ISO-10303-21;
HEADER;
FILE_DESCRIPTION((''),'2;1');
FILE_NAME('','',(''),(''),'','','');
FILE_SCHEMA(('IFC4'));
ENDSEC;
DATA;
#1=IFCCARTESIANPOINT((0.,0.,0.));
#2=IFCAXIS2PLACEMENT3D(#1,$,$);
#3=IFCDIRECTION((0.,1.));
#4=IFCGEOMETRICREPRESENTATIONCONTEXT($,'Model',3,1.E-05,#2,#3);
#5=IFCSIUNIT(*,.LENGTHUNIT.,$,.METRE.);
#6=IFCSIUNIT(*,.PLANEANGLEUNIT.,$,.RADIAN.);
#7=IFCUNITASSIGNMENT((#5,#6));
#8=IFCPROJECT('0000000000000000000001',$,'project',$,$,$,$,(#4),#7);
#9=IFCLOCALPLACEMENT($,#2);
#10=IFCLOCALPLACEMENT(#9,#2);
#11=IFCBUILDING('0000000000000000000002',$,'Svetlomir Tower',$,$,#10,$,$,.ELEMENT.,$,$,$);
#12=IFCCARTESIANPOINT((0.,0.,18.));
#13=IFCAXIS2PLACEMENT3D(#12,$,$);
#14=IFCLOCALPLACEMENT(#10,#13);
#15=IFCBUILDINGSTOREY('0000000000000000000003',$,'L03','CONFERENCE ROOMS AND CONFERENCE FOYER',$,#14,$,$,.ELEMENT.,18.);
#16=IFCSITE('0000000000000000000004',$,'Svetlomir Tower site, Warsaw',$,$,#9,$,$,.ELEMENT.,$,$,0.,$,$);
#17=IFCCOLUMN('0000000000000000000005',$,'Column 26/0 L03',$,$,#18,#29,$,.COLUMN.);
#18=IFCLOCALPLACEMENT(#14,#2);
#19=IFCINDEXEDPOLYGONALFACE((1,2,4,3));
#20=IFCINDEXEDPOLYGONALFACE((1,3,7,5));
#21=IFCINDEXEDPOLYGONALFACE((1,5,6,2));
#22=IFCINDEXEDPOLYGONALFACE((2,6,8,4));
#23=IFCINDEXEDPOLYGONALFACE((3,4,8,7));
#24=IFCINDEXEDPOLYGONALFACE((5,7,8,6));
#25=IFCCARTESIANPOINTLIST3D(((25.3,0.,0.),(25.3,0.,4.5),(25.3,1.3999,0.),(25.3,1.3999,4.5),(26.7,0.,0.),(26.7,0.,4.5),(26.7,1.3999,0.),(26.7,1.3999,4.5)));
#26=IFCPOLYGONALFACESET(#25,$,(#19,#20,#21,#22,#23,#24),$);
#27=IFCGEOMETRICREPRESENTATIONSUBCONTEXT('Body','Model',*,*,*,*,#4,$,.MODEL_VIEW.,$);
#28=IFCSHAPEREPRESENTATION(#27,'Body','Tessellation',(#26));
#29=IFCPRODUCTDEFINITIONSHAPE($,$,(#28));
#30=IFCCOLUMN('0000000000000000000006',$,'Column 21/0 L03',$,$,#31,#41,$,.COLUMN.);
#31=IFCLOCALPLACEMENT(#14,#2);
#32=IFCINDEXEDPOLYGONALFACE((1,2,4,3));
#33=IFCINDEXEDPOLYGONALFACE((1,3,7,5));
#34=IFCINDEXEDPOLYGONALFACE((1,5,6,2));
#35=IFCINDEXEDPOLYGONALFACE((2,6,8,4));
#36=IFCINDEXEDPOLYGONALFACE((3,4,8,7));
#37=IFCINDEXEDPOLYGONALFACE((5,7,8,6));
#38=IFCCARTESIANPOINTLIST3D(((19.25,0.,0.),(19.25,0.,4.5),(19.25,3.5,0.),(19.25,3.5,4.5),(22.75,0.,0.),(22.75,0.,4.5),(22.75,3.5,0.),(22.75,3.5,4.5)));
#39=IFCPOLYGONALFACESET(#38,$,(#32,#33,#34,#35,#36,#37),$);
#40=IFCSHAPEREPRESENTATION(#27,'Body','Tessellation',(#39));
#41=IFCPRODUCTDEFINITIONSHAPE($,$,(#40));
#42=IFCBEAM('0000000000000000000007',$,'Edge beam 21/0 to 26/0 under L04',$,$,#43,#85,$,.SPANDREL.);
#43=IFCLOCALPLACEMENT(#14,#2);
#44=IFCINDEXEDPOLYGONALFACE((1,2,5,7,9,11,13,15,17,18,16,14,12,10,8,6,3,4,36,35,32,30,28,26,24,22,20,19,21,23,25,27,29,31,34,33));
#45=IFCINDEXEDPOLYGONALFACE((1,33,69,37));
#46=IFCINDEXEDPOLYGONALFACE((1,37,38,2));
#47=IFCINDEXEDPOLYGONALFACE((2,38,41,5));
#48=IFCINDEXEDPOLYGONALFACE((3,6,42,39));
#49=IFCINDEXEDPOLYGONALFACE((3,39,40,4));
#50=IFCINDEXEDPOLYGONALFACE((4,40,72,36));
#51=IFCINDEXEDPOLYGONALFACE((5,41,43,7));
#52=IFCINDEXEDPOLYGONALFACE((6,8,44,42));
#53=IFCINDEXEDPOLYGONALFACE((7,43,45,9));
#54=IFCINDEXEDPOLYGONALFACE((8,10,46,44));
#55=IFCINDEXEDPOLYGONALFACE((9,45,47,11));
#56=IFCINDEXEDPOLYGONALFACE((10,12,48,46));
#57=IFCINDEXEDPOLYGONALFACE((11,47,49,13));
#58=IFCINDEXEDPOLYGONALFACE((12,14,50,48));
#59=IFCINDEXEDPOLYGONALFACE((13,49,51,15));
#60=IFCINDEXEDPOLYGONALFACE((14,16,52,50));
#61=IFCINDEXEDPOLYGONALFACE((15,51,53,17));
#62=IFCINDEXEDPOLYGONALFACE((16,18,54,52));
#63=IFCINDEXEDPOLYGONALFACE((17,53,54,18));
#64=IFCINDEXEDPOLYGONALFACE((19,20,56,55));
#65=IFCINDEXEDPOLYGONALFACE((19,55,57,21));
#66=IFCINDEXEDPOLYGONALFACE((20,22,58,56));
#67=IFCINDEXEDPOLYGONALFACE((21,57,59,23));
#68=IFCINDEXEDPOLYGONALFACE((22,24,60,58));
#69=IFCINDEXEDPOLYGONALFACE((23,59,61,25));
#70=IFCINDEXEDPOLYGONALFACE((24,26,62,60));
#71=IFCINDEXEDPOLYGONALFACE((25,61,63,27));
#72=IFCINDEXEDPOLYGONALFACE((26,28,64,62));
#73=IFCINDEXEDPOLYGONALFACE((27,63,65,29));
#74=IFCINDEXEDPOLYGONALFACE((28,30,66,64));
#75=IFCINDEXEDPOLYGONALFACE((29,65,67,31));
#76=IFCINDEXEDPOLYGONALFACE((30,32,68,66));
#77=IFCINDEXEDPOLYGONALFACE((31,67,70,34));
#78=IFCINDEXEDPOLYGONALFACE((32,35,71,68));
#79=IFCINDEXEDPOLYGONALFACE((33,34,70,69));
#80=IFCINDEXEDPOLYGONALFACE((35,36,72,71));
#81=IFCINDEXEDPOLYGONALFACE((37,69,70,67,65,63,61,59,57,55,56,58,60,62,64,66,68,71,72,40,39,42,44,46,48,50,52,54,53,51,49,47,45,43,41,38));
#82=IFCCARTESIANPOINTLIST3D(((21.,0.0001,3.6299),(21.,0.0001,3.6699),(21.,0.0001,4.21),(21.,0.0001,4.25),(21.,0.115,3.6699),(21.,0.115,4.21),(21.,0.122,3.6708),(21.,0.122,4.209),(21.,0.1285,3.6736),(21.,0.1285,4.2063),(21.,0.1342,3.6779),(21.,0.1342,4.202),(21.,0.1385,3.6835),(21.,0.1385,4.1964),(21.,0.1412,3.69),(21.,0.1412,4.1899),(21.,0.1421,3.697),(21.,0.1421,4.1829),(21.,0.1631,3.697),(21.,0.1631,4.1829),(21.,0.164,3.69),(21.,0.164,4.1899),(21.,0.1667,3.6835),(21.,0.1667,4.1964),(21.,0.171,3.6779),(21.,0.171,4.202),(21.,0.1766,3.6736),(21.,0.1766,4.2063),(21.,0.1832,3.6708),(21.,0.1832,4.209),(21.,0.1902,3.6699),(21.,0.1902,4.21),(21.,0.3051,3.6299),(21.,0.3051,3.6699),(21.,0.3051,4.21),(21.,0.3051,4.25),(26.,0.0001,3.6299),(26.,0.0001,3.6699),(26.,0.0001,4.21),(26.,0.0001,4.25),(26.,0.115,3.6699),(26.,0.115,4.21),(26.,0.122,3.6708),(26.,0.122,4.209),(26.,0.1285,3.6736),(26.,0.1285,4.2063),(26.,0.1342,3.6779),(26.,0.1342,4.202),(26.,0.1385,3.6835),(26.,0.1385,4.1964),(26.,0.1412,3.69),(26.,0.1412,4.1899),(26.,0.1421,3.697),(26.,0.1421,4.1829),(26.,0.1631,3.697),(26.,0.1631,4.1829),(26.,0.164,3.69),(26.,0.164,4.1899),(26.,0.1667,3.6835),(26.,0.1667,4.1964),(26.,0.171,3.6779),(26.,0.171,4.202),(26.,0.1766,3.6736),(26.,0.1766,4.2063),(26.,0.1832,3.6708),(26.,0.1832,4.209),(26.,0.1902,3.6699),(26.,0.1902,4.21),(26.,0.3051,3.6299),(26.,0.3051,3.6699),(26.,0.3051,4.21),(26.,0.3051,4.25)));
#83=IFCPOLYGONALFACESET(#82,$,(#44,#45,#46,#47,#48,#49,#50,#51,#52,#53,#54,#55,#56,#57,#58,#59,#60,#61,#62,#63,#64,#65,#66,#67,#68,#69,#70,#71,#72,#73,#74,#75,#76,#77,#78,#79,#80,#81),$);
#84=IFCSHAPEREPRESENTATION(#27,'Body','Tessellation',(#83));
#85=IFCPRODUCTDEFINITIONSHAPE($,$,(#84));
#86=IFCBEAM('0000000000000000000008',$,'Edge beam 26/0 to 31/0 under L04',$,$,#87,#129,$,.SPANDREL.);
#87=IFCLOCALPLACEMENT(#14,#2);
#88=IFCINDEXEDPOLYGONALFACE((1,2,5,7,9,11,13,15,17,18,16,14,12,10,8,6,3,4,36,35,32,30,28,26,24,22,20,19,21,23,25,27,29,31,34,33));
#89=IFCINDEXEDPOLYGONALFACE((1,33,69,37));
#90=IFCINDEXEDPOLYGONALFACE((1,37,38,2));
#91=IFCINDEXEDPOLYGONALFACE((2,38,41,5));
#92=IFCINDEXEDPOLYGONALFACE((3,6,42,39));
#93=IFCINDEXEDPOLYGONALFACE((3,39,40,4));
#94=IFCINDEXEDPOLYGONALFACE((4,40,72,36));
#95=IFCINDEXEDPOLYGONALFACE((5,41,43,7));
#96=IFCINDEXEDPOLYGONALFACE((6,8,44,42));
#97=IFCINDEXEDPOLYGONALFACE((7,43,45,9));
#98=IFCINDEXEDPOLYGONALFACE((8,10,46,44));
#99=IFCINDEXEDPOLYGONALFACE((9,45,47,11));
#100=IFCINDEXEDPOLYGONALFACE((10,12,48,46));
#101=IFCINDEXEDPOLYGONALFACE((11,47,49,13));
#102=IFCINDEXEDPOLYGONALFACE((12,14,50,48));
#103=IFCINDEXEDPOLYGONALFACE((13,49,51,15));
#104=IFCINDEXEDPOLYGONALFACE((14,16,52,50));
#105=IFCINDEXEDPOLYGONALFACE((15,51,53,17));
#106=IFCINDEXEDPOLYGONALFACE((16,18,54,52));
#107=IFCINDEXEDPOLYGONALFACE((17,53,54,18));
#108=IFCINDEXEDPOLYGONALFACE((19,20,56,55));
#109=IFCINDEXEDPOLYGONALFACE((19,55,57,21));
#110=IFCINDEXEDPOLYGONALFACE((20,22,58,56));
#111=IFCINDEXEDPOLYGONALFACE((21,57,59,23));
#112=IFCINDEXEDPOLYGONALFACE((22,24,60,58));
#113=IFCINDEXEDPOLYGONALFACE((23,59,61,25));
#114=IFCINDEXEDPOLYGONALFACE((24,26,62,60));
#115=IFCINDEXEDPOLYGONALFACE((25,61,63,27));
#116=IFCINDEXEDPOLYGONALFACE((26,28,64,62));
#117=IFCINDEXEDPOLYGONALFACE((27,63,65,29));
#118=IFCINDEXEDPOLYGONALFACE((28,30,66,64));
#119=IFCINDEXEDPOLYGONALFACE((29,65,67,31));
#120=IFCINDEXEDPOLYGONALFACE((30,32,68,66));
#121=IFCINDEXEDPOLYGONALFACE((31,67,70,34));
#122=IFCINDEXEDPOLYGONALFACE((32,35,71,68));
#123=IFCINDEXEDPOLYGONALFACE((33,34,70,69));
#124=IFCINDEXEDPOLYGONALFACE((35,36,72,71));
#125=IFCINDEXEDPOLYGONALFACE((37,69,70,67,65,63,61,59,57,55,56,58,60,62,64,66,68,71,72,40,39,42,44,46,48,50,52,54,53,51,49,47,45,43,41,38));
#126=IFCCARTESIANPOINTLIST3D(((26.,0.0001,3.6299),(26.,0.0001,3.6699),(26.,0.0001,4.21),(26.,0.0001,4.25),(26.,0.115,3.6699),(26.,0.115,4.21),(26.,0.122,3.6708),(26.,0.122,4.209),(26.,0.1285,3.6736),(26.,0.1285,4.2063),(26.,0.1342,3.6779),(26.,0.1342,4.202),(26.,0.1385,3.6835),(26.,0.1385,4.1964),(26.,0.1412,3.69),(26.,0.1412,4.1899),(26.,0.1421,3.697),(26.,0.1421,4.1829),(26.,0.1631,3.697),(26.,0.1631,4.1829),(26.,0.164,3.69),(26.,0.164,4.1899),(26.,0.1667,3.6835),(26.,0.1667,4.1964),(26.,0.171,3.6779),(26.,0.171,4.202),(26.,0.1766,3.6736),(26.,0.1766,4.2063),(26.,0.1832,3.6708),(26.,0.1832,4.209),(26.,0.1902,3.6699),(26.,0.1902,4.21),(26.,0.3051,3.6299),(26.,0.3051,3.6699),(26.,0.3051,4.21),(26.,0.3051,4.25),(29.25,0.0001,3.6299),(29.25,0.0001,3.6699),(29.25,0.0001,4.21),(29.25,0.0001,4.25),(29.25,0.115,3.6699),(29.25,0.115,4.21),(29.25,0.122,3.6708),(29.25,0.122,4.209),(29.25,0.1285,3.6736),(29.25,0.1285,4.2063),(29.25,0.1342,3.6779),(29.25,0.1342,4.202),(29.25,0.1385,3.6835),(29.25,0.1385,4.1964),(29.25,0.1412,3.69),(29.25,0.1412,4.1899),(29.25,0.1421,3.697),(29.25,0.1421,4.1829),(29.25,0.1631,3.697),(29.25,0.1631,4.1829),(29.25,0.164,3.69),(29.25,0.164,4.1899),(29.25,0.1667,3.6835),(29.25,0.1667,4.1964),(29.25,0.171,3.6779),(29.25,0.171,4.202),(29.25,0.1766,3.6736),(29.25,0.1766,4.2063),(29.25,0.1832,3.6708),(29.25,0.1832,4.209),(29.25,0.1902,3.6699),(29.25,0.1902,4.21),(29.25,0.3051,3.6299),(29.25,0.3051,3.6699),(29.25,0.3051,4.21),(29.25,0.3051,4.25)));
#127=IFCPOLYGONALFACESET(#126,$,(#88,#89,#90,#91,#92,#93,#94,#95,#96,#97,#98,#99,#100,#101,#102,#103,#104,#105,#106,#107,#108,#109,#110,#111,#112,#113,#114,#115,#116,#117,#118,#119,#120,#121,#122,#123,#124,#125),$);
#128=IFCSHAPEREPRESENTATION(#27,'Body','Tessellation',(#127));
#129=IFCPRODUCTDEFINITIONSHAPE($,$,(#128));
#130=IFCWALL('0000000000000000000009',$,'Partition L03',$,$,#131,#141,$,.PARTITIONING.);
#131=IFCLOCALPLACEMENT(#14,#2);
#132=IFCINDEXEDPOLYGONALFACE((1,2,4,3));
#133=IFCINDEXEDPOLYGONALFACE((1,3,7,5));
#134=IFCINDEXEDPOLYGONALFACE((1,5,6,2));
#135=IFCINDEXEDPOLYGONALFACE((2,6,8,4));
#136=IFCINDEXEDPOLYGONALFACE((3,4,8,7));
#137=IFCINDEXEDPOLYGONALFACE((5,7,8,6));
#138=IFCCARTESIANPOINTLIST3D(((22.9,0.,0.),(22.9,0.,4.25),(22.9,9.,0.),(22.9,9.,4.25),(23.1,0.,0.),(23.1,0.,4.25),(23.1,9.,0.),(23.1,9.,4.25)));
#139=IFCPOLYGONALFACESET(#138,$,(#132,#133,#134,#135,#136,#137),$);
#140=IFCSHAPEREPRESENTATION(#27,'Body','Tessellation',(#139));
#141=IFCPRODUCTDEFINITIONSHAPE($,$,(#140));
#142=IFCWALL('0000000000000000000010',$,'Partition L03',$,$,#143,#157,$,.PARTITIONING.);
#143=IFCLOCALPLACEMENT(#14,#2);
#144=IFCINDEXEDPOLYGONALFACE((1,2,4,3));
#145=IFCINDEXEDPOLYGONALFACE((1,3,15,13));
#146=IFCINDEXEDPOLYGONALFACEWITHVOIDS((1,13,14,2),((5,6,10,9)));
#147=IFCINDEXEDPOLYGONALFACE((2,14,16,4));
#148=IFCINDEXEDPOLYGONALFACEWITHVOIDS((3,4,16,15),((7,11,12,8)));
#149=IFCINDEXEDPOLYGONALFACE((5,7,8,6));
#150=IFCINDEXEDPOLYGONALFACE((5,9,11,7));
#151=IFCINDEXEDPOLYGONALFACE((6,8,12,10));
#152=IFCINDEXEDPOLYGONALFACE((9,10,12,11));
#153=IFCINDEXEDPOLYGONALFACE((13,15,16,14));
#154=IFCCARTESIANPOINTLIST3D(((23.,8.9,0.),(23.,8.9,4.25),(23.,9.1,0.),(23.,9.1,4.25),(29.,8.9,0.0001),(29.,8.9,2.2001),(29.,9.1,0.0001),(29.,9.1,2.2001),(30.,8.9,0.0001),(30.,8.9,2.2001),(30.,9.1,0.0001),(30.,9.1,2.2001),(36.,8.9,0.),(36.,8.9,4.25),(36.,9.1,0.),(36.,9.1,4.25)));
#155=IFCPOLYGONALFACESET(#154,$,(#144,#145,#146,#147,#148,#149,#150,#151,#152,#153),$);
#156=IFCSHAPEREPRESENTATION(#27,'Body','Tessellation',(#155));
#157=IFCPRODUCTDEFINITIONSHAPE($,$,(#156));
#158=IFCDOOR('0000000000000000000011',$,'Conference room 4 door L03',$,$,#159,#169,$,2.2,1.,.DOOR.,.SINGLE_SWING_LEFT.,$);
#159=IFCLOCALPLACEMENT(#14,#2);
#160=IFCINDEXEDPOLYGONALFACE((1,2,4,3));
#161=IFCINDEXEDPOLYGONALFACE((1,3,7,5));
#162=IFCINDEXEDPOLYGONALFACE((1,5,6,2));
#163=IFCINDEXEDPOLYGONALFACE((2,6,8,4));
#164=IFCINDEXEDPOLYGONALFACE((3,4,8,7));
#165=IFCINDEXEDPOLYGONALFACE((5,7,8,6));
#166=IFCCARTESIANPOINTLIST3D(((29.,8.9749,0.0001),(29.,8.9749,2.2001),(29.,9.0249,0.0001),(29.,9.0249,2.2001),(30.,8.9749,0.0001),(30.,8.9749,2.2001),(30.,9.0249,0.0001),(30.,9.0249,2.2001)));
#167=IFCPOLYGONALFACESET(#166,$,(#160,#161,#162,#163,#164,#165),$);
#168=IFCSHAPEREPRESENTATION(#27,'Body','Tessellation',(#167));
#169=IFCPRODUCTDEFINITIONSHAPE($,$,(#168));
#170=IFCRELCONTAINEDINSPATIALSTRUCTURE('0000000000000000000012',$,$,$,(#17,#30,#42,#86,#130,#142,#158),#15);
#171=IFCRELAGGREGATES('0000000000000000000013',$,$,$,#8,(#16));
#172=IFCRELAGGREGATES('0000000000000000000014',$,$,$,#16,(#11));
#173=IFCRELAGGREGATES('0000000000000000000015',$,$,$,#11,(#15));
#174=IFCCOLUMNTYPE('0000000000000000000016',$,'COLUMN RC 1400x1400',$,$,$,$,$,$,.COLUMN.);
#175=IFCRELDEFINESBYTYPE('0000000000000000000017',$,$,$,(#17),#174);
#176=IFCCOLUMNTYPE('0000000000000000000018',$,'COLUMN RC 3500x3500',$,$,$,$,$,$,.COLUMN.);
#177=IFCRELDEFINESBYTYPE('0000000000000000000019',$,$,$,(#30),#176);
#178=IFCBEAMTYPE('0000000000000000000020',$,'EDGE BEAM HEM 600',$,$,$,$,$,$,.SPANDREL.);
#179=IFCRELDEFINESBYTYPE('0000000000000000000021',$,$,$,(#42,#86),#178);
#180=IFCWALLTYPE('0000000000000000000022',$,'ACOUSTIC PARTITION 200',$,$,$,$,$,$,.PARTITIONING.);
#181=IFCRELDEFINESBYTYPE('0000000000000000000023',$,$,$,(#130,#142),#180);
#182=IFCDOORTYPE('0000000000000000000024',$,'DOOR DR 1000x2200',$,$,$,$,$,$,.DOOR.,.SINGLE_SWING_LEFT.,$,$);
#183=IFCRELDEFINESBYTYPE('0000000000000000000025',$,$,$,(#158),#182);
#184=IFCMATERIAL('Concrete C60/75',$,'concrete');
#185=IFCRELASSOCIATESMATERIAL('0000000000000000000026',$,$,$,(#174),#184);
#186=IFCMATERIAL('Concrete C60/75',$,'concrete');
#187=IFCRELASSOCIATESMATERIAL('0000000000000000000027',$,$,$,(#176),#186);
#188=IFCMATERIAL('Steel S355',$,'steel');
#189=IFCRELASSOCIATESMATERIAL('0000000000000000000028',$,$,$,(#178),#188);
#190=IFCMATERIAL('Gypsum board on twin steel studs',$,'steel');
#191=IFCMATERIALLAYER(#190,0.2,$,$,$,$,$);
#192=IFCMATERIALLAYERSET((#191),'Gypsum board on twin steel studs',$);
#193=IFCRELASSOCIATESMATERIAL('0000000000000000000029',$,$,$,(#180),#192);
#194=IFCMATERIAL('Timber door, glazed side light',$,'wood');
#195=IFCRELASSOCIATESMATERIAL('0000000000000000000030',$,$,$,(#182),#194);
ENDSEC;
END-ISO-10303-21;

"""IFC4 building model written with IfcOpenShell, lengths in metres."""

from ifc_helpers import new_model, si_unit, direction, frame, frame_2d, origin, origin_2d, place, context, subcontext, project, spatial, rectangle, i_section, extrude, material, layer, layer_set, material_profile, profile_set, type_object, element, fill, save


model = new_model("IFC4")

# Units and contexts
model_context = context("Model", 3, precision=1e-05, world=origin(), true_north=direction((0.0, 1.0)))
body_context = subcontext(model_context, "Body", "Model", "MODEL_VIEW")
ifc_project = project(units=[si_unit("LENGTHUNIT", "METRE"), si_unit("PLANEANGLEUNIT", "RADIAN")], contexts=[model_context])

# Site, building, storey
site_placement = place(None, origin())
site = spatial("IfcSite", under=ifc_project, at=site_placement, Name="Svetlomir Tower site, Warsaw", CompositionType="ELEMENT", RefElevation=0.0)
building_placement = place(site_placement, origin())
building = spatial("IfcBuilding", under=site, at=building_placement, Name="Svetlomir Tower", CompositionType="ELEMENT")
storey_placement = place(building_placement, frame((0.0, 0.0, 18.0)))
storey = spatial("IfcBuildingStorey", under=building, at=storey_placement, Name="L03", Description="CONFERENCE ROOMS AND CONFERENCE FOYER", CompositionType="ELEMENT", Elevation=18.0)

# Columns
ifc_material_1 = material(Name="Concrete C60/75", Category="concrete")
ifc_material_profile_1 = material_profile(ifc_material_1, rectangle(XDim=1.3999, YDim=1.3999, at=origin_2d()), Name="RC 1400x1400")
ifc_profile_set_1 = profile_set([ifc_material_profile_1], Name="Concrete C60/75")
column_type_1 = type_object("IfcColumnType", Name="COLUMN RC 1400x1400", PredefinedType="COLUMN", material=ifc_profile_set_1)
column_1_placement = place(storey_placement, frame((26.0, 0.7, 0.0), z_axis=(0.0, 0.0, 1.0), x_axis=(1.0, 0.0, 0.0)))
element("IfcColumn", 1, at=column_1_placement, inside=storey, type_object=column_type_1, Name="Column 26/0 L03", PredefinedType="COLUMN", context=body_context, shape_type="SweptSolid", body=[
    extrude(rectangle(XDim=1.3999, YDim=1.3999, at=origin_2d()), origin(), (0.0, 0.0, 1.0), 4.5),
])
ifc_material_2 = material(Name="Concrete C60/75", Category="concrete")
ifc_material_profile_2 = material_profile(ifc_material_2, rectangle(XDim=3.5, YDim=3.5, at=origin_2d()), Name="RC 3500x3500")
ifc_profile_set_2 = profile_set([ifc_material_profile_2], Name="Concrete C60/75")
column_type_2 = type_object("IfcColumnType", Name="COLUMN RC 3500x3500", PredefinedType="COLUMN", material=ifc_profile_set_2)
column_2_placement = place(storey_placement, frame((21.0, 1.75, 0.0), z_axis=(0.0, 0.0, 1.0), x_axis=(1.0, 0.0, 0.0)))
element("IfcColumn", 2, at=column_2_placement, inside=storey, type_object=column_type_2, Name="Column 21/0 L03", PredefinedType="COLUMN", context=body_context, shape_type="SweptSolid", body=[
    extrude(rectangle(XDim=3.5, YDim=3.5, at=origin_2d()), origin(), (0.0, 0.0, 1.0), 4.5),
])

# Beams
ifc_material_3 = material(Name="Steel S355", Category="steel")
ifc_material_profile_3 = material_profile(ifc_material_3, i_section(OverallWidth=0.3049, OverallDepth=0.6201, WebThickness=0.021, FlangeThickness=0.04, FilletRadius=0.0271, at=origin_2d()), Name="HEM 600")
ifc_profile_set_3 = profile_set([ifc_material_profile_3], Name="Steel S355")
beam_type = type_object("IfcBeamType", Name="EDGE BEAM HEM 600", PredefinedType="SPANDREL", material=ifc_profile_set_3)
beam_1_placement = place(storey_placement, frame((21.0, 0.1526, 3.9399), z_axis=(1.0, 0.0, 0.0), x_axis=(0.0, 1.0, 0.0)))
element("IfcBeam", 3, at=beam_1_placement, inside=storey, type_object=beam_type, Name="Edge beam 21/0 to 26/0 under L04", PredefinedType="SPANDREL", context=body_context, shape_type="SweptSolid", body=[
    extrude(i_section(OverallWidth=0.3049, OverallDepth=0.6201, WebThickness=0.021, FlangeThickness=0.04, FilletRadius=0.0271, at=origin_2d()), origin(), (0.0, 0.0, 1.0), 5.0),
])
beam_2_placement = place(storey_placement, frame((26.0, 0.1526, 3.9399), z_axis=(1.0, 0.0, 0.0), x_axis=(0.0, 1.0, 0.0)))
element("IfcBeam", 4, at=beam_2_placement, inside=storey, type_object=beam_type, Name="Edge beam 26/0 to 31/0 under L04", PredefinedType="SPANDREL", context=body_context, shape_type="SweptSolid", body=[
    extrude(i_section(OverallWidth=0.3049, OverallDepth=0.6201, WebThickness=0.021, FlangeThickness=0.04, FilletRadius=0.0271, at=origin_2d()), origin(), (0.0, 0.0, 1.0), 3.25),
])

# Wall
ifc_material_4 = material(Name="Gypsum board on twin steel studs", Category="steel")
ifc_layer_1 = layer(ifc_material_4, 0.2)
ifc_layer_set_1 = layer_set([ifc_layer_1], Name="Gypsum board on twin steel studs")
wall_type_1 = type_object("IfcWallType", Name="ACOUSTIC PARTITION 200", PredefinedType="PARTITIONING", material=ifc_layer_set_1)
wall_1_placement = place(storey_placement, frame((23.0, 0.0, 0.0), z_axis=(0.0, 0.0, 1.0), x_axis=(0.0, 1.0, 0.0)))
element("IfcWall", 5, at=wall_1_placement, inside=storey, type_object=wall_type_1, Name="Partition L03", PredefinedType="PARTITIONING", context=body_context, shape_type="SweptSolid", body=[
    extrude(rectangle(XDim=9.0, YDim=0.2, at=frame_2d((4.5, 0.0))), origin(), (0.0, 0.0, 1.0), 4.25),
])

# Wall, opening, door
wall_2_placement = place(storey_placement, frame((23.0, 9.0, 0.0), z_axis=(0.0, 0.0, 1.0), x_axis=(1.0, 0.0, 0.0)))
wall_2 = element("IfcWall", 6, at=wall_2_placement, inside=storey, type_object=wall_type_1, Name="Partition L03", PredefinedType="PARTITIONING", context=body_context, shape_type="SweptSolid", body=[
    extrude(rectangle(XDim=13.0, YDim=0.2, at=frame_2d((6.5, 0.0))), origin(), (0.0, 0.0, 1.0), 4.25),
])
opening_1_placement = place(wall_2_placement, frame((6.0, 0.0, 0.0)))
opening_1 = element("IfcOpeningElement", 7, at=opening_1_placement, cuts=wall_2, PredefinedType="OPENING", context=body_context, shape_type="SweptSolid", body=[
    extrude(rectangle(XDim=1.0, YDim=2.2, at=frame_2d((0.5, 1.1001))), frame((0.0, 0.1099, 0.0), z_axis=(0.0, -1.0, 0.0), x_axis=(1.0, 0.0, 0.0)), (0.0, 0.0, 1.0), 0.22),
])
ifc_material_5 = material(Name="Timber door, glazed side light", Category="wood")
door_type_1 = type_object("IfcDoorType", Name="DOOR DR 1000x2200", OperationType="SINGLE_SWING_LEFT", PredefinedType="DOOR", material=ifc_material_5)
door_1_placement = place(opening_1_placement, origin())
door_1 = element("IfcDoor", 8, at=door_1_placement, inside=storey, type_object=door_type_1, Name="Conference room 4 door L03", OperationType="SINGLE_SWING_LEFT", OverallHeight=2.2, OverallWidth=1.0, PredefinedType="DOOR", context=body_context, shape_type="SweptSolid", body=[
    extrude(rectangle(XDim=1.0, YDim=2.2, at=frame_2d((0.5, 1.1001))), frame((0.0, 0.0249, 0.0), z_axis=(0.0, -1.0, 0.0), x_axis=(1.0, 0.0, 0.0)), (0.0, 0.0, 1.0), 0.05),
])
fill(opening_1, door_1)

save(model, "model.ifc")
